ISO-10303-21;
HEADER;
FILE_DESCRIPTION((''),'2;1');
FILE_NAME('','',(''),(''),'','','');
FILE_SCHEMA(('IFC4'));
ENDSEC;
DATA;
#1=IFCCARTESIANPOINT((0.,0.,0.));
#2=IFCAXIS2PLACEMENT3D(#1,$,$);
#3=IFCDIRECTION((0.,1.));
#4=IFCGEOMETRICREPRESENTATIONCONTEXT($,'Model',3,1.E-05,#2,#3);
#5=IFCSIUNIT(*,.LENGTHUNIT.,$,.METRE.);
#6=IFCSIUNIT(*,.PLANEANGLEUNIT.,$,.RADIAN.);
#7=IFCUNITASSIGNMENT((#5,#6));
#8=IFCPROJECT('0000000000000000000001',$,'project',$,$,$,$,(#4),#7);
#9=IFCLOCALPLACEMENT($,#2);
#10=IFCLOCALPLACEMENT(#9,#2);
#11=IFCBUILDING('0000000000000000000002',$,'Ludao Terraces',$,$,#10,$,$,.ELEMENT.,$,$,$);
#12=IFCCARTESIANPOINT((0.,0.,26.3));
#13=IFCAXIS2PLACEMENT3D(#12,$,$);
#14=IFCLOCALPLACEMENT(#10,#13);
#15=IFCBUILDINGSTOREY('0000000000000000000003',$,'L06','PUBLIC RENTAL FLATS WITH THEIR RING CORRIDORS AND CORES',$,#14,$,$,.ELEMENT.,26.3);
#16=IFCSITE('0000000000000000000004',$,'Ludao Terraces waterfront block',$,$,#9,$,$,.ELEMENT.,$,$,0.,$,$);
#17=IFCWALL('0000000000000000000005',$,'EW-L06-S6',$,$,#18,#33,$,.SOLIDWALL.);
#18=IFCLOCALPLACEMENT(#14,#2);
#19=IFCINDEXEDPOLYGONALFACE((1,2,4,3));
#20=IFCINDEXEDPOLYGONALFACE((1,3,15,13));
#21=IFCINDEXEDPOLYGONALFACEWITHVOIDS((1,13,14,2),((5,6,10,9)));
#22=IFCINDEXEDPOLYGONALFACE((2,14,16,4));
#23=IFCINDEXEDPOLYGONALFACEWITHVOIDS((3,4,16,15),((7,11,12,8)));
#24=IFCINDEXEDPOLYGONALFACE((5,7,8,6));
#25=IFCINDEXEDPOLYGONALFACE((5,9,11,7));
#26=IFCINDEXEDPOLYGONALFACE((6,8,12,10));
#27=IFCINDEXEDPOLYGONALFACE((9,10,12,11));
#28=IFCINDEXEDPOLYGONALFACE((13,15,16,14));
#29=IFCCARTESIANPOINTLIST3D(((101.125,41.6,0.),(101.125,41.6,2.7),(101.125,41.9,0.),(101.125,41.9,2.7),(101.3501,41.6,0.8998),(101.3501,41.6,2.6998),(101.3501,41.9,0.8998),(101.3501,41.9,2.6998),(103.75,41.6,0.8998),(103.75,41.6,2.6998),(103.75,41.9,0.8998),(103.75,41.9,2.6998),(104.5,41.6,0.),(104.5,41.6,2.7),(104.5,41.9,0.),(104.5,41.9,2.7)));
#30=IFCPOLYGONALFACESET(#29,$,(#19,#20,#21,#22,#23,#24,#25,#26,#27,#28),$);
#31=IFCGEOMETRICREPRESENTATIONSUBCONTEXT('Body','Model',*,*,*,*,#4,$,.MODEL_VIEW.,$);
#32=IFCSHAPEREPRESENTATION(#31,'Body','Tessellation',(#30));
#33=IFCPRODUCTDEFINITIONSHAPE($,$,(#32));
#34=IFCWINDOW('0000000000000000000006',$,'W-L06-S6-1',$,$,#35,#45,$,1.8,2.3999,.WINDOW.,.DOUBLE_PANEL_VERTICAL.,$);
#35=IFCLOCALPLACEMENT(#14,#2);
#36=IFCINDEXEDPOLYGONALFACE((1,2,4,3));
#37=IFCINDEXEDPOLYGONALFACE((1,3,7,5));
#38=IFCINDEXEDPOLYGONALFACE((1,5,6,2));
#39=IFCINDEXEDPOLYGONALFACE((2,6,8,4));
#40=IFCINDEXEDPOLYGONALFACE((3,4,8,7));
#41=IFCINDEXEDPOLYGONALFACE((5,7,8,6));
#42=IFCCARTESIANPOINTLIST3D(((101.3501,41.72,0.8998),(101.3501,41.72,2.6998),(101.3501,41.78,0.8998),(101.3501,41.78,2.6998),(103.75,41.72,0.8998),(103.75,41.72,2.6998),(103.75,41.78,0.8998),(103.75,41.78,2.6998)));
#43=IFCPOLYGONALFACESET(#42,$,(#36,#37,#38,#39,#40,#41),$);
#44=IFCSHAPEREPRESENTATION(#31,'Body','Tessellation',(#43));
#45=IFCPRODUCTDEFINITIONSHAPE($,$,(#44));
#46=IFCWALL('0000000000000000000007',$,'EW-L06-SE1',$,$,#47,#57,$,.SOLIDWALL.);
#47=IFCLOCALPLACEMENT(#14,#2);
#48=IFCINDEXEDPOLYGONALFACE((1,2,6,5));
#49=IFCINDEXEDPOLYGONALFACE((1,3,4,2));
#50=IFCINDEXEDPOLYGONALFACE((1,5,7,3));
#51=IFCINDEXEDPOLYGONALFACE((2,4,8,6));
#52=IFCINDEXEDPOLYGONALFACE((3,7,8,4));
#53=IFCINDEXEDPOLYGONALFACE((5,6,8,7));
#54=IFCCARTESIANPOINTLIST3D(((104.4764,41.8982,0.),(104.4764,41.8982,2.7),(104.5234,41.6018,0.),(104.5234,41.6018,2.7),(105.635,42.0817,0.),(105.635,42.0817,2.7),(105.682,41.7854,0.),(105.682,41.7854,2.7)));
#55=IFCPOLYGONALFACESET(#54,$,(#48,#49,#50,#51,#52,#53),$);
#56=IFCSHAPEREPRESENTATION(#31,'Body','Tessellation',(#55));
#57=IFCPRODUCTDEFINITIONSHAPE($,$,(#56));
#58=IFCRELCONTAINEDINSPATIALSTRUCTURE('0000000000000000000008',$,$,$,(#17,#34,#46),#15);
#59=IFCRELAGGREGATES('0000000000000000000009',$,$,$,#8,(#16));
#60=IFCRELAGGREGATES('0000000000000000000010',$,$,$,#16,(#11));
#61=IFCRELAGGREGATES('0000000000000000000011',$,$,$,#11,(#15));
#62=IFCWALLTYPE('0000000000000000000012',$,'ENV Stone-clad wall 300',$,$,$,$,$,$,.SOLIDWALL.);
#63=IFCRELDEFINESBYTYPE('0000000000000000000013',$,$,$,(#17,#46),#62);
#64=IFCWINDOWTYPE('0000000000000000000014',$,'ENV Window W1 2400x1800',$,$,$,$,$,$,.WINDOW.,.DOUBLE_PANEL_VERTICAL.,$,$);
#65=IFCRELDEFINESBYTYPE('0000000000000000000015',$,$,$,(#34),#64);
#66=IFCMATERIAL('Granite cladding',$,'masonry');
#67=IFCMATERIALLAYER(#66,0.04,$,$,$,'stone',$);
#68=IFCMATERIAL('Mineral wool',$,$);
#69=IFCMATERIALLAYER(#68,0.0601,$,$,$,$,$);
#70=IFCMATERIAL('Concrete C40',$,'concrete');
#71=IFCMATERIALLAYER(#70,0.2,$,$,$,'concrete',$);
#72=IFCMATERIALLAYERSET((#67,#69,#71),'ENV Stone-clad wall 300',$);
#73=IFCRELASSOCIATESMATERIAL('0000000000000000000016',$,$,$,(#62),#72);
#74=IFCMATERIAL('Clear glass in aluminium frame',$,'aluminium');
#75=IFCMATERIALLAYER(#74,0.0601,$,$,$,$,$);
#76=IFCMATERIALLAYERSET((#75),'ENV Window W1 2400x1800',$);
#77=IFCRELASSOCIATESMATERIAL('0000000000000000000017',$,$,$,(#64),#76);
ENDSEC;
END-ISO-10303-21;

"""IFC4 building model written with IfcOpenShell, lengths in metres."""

from ifc_helpers import new_model, si_unit, direction, frame, frame_2d, origin, place, context, subcontext, project, spatial, rectangle, extrude, material, layer, layer_set, type_object, element, fill, save


model = new_model("IFC4")

# Units and contexts
model_context = context("Model", 3, precision=1e-05, world=origin(), true_north=direction((0.0, 1.0)))
body_context = subcontext(model_context, "Body", "Model", "MODEL_VIEW")
ifc_project = project(units=[si_unit("LENGTHUNIT", "METRE"), si_unit("PLANEANGLEUNIT", "RADIAN")], contexts=[model_context])

# Site, building, storey
site_placement = place(None, origin())
site = spatial("IfcSite", under=ifc_project, at=site_placement, Name="Ludao Terraces waterfront block", CompositionType="ELEMENT", RefElevation=0.0)
building_placement = place(site_placement, origin())
building = spatial("IfcBuilding", under=site, at=building_placement, Name="Ludao Terraces", CompositionType="ELEMENT")
storey_placement = place(building_placement, frame((0.0, 0.0, 26.3)))
storey = spatial("IfcBuildingStorey", under=building, at=storey_placement, Name="L06", Description="PUBLIC RENTAL FLATS WITH THEIR RING CORRIDORS AND CORES", CompositionType="ELEMENT", Elevation=26.3)

# Wall, opening, window
ifc_material_1 = material(Name="Granite cladding", Category="masonry")
ifc_layer_1 = layer(ifc_material_1, 0.04, Category="stone")
ifc_material_2 = material(Name="Mineral wool")
ifc_layer_2 = layer(ifc_material_2, 0.0601)
ifc_material_3 = material(Name="Concrete C40", Category="concrete")
ifc_layer_3 = layer(ifc_material_3, 0.2, Category="concrete")
ifc_layer_set_1 = layer_set([ifc_layer_1, ifc_layer_2, ifc_layer_3], Name="ENV Stone-clad wall 300")
wall_type_1 = type_object("IfcWallType", Name="ENV Stone-clad wall 300", PredefinedType="SOLIDWALL", material=ifc_layer_set_1)
wall_1_placement = place(storey_placement, frame((101.125, 41.75, 0.0), z_axis=(0.0, 0.0, 1.0), x_axis=(1.0, 0.0, 0.0)))
wall_1 = element("IfcWall", 1, at=wall_1_placement, inside=storey, type_object=wall_type_1, Name="EW-L06-S6", PredefinedType="SOLIDWALL", context=body_context, shape_type="SweptSolid", body=[
    extrude(rectangle(XDim=3.375, YDim=0.3, at=frame_2d((1.6875, 0.0))), origin(), (0.0, 0.0, 1.0), 2.7),
])
opening_1_placement = place(wall_1_placement, frame((0.2251, 0.0, 0.8999)))
opening_1 = element("IfcOpeningElement", 2, at=opening_1_placement, cuts=wall_1, PredefinedType="OPENING", context=body_context, shape_type="SweptSolid", body=[
    extrude(rectangle(XDim=2.3999, YDim=1.8, at=frame_2d((1.2, 0.8999))), frame((0.0, 0.1602, 0.0), z_axis=(0.0, -1.0, 0.0), x_axis=(1.0, 0.0, 0.0)), (0.0, 0.0, 1.0), 0.3201),
])
ifc_material_4 = material(Name="Clear glass in aluminium frame", Category="aluminium")
ifc_layer_4 = layer(ifc_material_4, 0.0601)
ifc_layer_set_2 = layer_set([ifc_layer_4], Name="ENV Window W1 2400x1800")
window_type = type_object("IfcWindowType", Name="ENV Window W1 2400x1800", PartitioningType="DOUBLE_PANEL_VERTICAL", PredefinedType="WINDOW", material=ifc_layer_set_2)
window_placement = place(opening_1_placement, origin())
window = element("IfcWindow", 3, at=window_placement, inside=storey, type_object=window_type, Name="W-L06-S6-1", OverallHeight=1.8, OverallWidth=2.3999, PartitioningType="DOUBLE_PANEL_VERTICAL", PredefinedType="WINDOW", context=body_context, shape_type="SweptSolid", body=[
    extrude(rectangle(XDim=2.3999, YDim=1.8, at=frame_2d((1.2, 0.8999))), frame((0.0, 0.03, 0.0), z_axis=(0.0, -1.0, 0.0), x_axis=(1.0, 0.0, 0.0)), (0.0, 0.0, 1.0), 0.0601),
])
fill(opening_1, window)

# Wall
wall_2_placement = place(storey_placement, frame((104.5, 41.75, 0.0), z_axis=(0.0, 0.0, 1.0), x_axis=(0.987678, 0.156497, 0.0)))
element("IfcWall", 4, at=wall_2_placement, inside=storey, type_object=wall_type_1, Name="EW-L06-SE1", PredefinedType="SOLIDWALL", context=body_context, shape_type="SweptSolid", body=[
    extrude(rectangle(XDim=1.1731, YDim=0.3, at=frame_2d((0.5864, 0.0))), origin(), (0.0, 0.0, 1.0), 2.7),
])

save(model, "model.ifc")
